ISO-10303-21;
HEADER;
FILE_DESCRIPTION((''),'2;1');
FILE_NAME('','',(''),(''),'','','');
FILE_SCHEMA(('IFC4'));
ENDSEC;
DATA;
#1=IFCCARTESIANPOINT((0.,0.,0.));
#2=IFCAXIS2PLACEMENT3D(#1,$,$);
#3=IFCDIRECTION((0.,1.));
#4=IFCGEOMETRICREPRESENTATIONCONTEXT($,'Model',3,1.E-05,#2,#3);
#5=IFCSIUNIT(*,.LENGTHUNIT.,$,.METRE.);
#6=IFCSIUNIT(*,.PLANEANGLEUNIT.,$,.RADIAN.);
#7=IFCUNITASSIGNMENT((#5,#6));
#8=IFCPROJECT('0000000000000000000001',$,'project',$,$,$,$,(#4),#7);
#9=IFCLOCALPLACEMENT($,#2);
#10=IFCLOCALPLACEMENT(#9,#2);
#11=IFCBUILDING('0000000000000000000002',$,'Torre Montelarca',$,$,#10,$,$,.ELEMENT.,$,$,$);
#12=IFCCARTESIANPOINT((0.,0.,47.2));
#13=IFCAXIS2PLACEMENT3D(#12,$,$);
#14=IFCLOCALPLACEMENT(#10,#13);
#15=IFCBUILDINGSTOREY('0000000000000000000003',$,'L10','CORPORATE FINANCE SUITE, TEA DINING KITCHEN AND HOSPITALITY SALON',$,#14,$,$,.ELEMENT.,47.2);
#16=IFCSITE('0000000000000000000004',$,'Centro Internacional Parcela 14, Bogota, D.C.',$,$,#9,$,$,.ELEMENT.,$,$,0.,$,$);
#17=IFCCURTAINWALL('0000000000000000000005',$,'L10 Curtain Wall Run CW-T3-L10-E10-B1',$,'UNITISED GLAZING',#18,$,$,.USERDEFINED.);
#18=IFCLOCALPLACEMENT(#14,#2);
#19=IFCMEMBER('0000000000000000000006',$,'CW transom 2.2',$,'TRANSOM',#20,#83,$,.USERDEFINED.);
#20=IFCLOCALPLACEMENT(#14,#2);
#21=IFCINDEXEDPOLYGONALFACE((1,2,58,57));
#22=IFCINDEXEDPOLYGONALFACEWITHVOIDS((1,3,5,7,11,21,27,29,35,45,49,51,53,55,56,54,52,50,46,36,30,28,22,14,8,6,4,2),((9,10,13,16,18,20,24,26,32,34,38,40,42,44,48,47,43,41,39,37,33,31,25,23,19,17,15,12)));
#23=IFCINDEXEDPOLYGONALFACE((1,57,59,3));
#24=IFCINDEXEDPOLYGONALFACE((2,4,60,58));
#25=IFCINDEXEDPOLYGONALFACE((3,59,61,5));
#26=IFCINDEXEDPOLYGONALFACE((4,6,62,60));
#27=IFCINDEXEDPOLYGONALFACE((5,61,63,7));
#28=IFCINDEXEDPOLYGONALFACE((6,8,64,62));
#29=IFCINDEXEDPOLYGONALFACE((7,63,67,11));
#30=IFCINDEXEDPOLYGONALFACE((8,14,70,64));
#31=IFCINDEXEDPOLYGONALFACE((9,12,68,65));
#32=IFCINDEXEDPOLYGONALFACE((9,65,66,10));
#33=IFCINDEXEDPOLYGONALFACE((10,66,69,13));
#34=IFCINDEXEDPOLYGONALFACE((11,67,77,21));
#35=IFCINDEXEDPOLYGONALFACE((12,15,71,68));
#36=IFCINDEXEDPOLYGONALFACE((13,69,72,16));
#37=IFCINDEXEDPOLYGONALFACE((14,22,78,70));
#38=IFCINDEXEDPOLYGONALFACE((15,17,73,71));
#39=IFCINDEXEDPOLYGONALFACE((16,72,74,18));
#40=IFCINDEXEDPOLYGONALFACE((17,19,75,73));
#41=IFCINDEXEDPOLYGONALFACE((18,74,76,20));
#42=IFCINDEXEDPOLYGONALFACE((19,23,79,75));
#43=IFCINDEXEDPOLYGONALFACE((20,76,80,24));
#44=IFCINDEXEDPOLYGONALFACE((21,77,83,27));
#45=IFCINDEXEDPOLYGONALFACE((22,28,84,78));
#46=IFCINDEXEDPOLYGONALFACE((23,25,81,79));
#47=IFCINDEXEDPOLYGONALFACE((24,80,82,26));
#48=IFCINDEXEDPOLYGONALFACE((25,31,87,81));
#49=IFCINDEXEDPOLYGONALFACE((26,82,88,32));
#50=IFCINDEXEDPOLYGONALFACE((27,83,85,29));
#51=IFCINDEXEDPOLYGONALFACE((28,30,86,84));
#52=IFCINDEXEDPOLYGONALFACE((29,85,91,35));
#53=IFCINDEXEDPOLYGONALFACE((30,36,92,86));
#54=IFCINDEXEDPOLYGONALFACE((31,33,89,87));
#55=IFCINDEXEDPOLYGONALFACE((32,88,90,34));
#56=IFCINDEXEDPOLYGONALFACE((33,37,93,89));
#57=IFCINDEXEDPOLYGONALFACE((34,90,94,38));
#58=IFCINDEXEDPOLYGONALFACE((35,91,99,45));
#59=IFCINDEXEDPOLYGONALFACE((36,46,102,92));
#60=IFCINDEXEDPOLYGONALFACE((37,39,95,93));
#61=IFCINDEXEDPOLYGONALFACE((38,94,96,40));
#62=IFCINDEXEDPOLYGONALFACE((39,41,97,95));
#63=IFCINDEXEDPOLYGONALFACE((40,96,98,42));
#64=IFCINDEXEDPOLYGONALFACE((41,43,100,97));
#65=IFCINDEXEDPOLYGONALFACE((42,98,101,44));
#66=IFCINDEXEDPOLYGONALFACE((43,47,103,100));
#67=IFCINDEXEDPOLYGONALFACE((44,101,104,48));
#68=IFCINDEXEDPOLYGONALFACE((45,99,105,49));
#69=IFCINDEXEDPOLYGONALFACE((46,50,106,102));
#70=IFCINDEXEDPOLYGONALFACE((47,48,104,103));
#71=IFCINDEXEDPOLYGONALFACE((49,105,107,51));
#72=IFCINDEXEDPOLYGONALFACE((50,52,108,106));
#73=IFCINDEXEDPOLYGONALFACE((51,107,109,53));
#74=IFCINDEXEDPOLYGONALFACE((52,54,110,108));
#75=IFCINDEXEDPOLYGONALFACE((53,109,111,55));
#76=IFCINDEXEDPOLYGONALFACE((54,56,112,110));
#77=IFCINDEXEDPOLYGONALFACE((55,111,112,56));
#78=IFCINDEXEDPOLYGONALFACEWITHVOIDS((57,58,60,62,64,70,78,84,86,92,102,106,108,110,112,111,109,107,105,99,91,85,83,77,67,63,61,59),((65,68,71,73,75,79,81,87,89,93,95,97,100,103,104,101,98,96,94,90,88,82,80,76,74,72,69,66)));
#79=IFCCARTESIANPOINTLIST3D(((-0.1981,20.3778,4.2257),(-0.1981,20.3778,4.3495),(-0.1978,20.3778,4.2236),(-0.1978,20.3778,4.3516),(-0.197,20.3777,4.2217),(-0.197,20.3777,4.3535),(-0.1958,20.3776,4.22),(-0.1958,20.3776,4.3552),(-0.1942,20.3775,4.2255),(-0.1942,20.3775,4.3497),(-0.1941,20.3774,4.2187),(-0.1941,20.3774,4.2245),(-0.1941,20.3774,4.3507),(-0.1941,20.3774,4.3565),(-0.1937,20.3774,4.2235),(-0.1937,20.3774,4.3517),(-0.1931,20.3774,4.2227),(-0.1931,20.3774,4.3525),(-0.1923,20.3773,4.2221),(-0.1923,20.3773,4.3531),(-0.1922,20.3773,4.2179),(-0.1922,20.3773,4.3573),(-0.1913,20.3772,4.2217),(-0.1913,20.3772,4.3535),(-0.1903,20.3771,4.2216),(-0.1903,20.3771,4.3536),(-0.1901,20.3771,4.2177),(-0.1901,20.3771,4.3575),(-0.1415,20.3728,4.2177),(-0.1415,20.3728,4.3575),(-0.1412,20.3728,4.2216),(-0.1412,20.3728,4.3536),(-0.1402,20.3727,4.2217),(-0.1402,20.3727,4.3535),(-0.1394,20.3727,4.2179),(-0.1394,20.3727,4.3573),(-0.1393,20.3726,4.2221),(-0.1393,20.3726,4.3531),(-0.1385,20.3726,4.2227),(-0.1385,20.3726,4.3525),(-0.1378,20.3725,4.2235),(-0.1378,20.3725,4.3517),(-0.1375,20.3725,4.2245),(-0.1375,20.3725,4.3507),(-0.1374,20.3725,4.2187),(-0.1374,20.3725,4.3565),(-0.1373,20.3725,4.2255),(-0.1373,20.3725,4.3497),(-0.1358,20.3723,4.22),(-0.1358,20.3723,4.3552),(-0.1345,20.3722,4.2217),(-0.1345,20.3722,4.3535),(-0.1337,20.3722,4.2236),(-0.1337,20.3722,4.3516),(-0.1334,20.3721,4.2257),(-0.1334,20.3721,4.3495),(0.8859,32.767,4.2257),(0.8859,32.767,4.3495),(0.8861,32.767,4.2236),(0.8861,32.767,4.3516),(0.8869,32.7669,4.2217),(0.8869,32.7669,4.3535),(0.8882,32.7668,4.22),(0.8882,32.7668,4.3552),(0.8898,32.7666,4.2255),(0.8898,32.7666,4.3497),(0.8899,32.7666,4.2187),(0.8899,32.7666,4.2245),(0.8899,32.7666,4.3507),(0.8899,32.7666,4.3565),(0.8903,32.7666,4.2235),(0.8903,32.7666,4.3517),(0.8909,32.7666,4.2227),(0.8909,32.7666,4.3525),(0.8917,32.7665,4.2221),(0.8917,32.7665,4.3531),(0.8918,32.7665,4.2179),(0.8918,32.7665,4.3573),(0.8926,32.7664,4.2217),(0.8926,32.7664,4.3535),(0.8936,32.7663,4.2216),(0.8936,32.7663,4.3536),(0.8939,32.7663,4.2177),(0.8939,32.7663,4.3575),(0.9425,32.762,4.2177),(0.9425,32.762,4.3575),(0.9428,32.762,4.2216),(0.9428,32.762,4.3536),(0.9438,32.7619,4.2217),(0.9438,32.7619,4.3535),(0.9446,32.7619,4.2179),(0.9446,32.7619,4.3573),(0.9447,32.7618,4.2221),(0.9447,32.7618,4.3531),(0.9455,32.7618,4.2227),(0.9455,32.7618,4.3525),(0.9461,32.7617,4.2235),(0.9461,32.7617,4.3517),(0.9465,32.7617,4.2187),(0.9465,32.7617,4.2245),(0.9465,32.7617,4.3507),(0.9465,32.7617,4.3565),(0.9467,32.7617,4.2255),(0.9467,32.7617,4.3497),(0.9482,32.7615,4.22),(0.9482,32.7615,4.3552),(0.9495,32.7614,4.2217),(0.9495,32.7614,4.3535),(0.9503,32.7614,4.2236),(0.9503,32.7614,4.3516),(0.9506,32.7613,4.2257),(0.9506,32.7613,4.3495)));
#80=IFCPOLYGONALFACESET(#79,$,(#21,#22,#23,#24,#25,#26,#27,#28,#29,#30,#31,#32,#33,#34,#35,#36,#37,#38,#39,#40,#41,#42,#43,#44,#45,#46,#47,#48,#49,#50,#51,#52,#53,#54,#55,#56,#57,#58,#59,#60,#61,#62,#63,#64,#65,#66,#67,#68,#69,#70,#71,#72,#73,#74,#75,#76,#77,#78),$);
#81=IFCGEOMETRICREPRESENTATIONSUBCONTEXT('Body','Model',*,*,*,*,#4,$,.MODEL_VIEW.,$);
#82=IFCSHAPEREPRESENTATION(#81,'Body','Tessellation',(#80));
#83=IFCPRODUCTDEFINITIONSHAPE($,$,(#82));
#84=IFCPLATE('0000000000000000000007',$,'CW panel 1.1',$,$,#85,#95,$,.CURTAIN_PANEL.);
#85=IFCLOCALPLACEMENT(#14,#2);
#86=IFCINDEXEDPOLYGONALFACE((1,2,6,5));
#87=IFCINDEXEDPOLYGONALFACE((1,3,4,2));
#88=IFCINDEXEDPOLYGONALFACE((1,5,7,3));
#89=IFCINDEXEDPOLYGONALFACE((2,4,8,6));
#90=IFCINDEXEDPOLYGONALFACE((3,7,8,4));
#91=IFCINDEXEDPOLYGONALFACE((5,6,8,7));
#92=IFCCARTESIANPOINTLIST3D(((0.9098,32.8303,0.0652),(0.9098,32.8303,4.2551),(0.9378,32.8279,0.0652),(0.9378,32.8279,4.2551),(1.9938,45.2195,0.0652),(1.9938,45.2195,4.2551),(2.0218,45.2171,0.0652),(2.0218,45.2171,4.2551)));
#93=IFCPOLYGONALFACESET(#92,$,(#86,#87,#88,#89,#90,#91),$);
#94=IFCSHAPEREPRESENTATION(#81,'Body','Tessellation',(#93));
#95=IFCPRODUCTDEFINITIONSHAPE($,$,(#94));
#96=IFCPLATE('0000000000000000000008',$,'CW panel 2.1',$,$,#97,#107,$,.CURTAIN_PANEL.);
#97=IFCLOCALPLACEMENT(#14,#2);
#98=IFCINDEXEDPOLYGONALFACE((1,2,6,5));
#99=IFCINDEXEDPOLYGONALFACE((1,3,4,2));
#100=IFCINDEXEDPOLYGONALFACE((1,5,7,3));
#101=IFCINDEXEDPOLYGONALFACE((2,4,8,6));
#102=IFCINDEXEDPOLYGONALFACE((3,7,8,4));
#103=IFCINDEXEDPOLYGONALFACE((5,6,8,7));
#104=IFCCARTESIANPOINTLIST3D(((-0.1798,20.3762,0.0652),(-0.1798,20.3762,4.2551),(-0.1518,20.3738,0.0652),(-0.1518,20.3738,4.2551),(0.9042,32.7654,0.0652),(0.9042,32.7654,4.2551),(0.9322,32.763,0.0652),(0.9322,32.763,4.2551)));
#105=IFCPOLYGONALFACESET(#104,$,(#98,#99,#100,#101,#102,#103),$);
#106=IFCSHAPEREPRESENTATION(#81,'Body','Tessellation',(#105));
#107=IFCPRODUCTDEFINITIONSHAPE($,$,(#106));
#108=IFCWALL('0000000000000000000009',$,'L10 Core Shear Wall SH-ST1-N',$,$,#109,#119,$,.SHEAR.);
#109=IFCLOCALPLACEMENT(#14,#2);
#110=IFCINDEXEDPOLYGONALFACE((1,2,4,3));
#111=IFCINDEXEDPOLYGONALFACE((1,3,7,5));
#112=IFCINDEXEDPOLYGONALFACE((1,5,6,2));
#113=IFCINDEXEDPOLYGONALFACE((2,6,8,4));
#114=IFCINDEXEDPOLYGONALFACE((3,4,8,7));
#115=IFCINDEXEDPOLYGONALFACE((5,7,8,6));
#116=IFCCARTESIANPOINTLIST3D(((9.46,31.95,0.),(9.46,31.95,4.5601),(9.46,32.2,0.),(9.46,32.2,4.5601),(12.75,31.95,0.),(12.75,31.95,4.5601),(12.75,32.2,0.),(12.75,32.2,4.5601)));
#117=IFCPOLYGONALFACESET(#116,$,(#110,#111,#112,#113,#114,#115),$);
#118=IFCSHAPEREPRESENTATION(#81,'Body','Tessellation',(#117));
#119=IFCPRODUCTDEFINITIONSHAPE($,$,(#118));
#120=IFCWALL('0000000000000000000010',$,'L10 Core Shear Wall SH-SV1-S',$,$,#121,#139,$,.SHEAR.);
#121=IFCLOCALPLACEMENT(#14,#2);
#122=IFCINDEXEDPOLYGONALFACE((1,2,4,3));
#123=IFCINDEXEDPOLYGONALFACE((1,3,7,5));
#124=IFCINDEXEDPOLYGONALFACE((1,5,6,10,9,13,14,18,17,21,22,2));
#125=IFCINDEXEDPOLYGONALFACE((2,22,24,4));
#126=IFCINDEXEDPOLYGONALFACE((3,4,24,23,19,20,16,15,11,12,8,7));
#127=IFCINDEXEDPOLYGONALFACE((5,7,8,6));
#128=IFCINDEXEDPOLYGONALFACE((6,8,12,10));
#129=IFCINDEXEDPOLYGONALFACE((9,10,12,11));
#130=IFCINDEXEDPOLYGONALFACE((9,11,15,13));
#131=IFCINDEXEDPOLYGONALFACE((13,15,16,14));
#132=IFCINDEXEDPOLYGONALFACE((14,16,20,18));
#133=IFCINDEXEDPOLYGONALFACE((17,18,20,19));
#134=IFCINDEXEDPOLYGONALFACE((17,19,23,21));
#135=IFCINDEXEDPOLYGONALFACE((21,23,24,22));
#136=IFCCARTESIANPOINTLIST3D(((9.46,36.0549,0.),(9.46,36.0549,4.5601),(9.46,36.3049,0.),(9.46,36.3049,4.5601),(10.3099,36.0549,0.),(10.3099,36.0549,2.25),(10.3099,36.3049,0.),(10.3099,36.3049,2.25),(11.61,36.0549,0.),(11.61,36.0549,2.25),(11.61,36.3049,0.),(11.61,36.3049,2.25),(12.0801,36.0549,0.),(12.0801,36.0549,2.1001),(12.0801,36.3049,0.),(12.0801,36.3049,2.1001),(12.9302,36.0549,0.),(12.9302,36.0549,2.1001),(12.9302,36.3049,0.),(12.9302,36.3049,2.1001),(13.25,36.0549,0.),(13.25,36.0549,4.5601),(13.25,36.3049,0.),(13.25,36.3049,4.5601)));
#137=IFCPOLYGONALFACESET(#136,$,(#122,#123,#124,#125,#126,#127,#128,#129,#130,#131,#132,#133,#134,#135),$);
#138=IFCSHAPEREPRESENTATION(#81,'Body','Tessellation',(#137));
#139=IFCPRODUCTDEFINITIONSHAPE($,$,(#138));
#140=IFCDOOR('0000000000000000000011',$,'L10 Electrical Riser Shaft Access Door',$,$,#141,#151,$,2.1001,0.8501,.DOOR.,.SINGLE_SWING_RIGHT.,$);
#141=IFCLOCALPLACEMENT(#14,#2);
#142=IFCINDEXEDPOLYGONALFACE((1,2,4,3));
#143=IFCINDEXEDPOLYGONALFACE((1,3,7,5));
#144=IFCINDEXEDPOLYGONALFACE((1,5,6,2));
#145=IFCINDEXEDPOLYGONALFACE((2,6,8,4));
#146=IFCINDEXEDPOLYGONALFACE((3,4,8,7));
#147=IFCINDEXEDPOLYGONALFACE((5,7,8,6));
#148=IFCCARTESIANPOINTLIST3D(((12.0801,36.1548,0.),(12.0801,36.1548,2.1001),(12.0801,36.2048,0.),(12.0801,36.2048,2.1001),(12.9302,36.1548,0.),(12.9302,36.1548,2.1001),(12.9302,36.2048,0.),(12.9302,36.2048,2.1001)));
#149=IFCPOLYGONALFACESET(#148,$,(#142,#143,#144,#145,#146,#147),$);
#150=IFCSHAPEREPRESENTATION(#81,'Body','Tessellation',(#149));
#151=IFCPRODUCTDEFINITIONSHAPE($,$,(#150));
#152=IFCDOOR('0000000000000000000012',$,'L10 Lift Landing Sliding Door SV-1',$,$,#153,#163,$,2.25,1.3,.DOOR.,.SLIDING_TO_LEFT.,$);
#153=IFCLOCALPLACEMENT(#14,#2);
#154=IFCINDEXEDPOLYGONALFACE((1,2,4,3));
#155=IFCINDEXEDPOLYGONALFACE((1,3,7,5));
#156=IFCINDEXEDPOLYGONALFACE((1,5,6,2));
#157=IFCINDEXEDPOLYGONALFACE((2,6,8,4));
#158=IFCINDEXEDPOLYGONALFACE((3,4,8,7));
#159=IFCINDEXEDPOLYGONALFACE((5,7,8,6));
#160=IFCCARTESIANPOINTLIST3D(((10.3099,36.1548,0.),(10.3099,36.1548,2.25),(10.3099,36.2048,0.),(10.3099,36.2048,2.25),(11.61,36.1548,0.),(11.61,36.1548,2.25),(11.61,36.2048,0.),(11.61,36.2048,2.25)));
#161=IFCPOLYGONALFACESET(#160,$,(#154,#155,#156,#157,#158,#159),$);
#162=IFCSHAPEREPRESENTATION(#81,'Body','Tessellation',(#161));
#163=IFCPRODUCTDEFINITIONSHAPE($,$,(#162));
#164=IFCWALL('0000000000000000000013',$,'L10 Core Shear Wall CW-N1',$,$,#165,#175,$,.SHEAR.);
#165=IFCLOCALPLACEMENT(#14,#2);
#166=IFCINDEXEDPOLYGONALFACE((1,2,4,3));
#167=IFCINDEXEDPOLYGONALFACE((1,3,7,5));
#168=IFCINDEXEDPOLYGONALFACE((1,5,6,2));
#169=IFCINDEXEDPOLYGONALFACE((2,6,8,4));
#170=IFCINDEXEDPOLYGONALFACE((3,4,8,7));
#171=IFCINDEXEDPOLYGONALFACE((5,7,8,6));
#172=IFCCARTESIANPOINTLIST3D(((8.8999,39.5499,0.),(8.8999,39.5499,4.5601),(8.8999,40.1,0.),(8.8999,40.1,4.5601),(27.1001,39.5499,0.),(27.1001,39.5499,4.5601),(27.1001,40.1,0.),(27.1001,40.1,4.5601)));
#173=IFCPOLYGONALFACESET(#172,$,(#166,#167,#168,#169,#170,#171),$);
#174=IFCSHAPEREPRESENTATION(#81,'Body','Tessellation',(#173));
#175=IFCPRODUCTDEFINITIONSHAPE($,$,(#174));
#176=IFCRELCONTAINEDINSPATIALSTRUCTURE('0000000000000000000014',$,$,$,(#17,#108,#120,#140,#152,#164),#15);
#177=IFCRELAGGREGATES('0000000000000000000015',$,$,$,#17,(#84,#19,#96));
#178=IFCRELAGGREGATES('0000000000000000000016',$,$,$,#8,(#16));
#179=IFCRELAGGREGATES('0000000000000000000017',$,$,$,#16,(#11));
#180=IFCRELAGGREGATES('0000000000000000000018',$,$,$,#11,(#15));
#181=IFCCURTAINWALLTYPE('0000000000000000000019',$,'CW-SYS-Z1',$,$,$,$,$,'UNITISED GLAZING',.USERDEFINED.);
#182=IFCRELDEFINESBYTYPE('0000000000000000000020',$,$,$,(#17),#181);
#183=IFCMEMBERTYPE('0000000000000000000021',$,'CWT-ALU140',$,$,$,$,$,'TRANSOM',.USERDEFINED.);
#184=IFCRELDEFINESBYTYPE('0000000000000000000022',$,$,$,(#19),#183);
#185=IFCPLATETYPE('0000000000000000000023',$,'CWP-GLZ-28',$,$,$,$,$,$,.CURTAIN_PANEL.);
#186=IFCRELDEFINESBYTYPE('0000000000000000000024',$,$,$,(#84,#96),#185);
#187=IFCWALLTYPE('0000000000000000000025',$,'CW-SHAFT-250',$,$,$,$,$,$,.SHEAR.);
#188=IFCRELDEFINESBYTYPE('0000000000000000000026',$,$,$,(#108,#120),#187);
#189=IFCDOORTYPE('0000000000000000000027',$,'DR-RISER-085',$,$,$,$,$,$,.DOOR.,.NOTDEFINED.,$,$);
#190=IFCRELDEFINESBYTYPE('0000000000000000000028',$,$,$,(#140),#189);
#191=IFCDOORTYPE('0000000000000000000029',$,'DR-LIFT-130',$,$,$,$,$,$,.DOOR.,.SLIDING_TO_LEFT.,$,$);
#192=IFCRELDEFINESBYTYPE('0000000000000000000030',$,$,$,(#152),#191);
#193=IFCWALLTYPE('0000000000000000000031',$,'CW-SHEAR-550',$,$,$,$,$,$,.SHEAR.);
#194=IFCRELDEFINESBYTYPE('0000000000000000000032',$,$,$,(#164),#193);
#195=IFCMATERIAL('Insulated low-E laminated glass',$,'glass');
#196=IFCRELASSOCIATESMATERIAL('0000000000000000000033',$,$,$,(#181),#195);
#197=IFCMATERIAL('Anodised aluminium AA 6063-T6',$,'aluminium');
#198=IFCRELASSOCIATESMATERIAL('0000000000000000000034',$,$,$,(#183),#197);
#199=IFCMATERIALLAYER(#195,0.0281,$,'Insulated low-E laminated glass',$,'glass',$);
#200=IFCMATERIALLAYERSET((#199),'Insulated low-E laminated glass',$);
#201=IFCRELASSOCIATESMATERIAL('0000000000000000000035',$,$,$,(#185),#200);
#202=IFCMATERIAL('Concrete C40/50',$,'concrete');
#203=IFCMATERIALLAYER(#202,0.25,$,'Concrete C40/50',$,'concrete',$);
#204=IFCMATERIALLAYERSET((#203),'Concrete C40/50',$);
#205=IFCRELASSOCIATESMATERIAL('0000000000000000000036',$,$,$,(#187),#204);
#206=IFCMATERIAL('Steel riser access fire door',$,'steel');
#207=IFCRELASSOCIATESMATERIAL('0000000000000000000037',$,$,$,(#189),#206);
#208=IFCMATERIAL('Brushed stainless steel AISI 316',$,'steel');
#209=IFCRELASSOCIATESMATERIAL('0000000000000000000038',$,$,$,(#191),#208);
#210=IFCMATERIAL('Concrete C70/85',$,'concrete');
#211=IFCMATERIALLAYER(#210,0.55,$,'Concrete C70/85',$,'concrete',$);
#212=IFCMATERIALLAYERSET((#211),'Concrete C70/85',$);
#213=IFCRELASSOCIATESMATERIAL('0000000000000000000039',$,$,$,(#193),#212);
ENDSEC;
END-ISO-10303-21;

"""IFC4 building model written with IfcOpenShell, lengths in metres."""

from ifc_helpers import new_model, si_unit, direction, frame, frame_2d, origin, origin_2d, place, context, subcontext, project, spatial, rectangle, hollow_rectangle, extrude, source, transform, mapped, material, layer, layer_set, material_profile, profile_set, type_object, element, fill, aggregate, save


model = new_model("IFC4")

# Units and contexts
model_context = context("Model", 3, precision=1e-05, world=origin(), true_north=direction((0.0, 1.0)))
body_context = subcontext(model_context, "Body", "Model", "MODEL_VIEW")
ifc_project = project(units=[si_unit("LENGTHUNIT", "METRE"), si_unit("PLANEANGLEUNIT", "RADIAN")], contexts=[model_context])

# Site, building, storey
site_placement = place(None, origin())
site = spatial("IfcSite", under=ifc_project, at=site_placement, Name="Centro Internacional Parcela 14, Bogota, D.C.", CompositionType="ELEMENT", RefElevation=0.0)
building_placement = place(site_placement, origin())
building = spatial("IfcBuilding", under=site, at=building_placement, Name="Torre Montelarca", CompositionType="ELEMENT")
storey_placement = place(building_placement, frame((0.0, 0.0, 47.2)))
storey = spatial("IfcBuildingStorey", under=building, at=storey_placement, Name="L10", Description="CORPORATE FINANCE SUITE, TEA DINING KITCHEN AND HOSPITALITY SALON", CompositionType="ELEMENT", Elevation=47.2)

# Curtain wall, member, plates
ifc_material_1 = material(Name="Insulated low-E laminated glass", Category="glass")
curtain_wall_type = type_object("IfcCurtainWallType", Name="CW-SYS-Z1", ElementType="UNITISED GLAZING", PredefinedType="USERDEFINED", material=ifc_material_1)
curtain_wall_placement = place(storey_placement, origin())
curtain_wall = element("IfcCurtainWall", 1, at=curtain_wall_placement, inside=storey, type_object=curtain_wall_type, Name="L10 Curtain Wall Run CW-T3-L10-E10-B1", ObjectType="UNITISED GLAZING", PredefinedType="USERDEFINED")
ifc_material_2 = material(Name="Anodised aluminium AA 6063-T6", Category="aluminium")
ifc_material_profile_1 = material_profile(ifc_material_2, hollow_rectangle(XDim=0.0649, YDim=0.1399, WallThickness=0.0039, InnerFilletRadius=0.0039, OuterFilletRadius=0.0081, at=origin_2d()), Name="ALU65X140X4", Category="aluminium")
ifc_profile_set_1 = profile_set([ifc_material_profile_1], Name="Anodised aluminium AA 6063-T6")
member_type_1 = type_object("IfcMemberType", Name="CWT-ALU140", ElementType="TRANSOM", PredefinedType="USERDEFINED", material=ifc_profile_set_1)
shared_shape_1 = source(origin(), body_context, "Body", "SweptSolid", [
    extrude(hollow_rectangle(XDim=0.0649, YDim=0.1399, WallThickness=0.0039, InnerFilletRadius=0.0039, OuterFilletRadius=0.0081, at=origin_2d()), origin(), (0.0, 0.0, 1.0), 12.4365),
])
member_1_placement = place(storey_placement, frame((0.9182, 32.7642, 4.2876), z_axis=(-0.087162, -0.996194, 0.0), x_axis=(0.996194, -0.087162, 0.0)))
member_1 = element("IfcMember", 2, at=member_1_placement, type_object=member_type_1, Name="CW transom 2.2", ObjectType="TRANSOM", PredefinedType="USERDEFINED", context=body_context, shape_type="MappedRepresentation", body=[
    mapped(shared_shape_1, transform((0.0, 0.0, 0.0), scale=1.0)),
])
ifc_layer_1 = layer(ifc_material_1, 0.0281, Name="Insulated low-E laminated glass", Category="glass")
ifc_layer_set_1 = layer_set([ifc_layer_1], Name="Insulated low-E laminated glass")
plate_type = type_object("IfcPlateType", Name="CWP-GLZ-28", PredefinedType="CURTAIN_PANEL", material=ifc_layer_set_1)
shared_shape_2 = source(origin(), body_context, "Body", "SweptSolid", [
    extrude(rectangle(XDim=12.4365, YDim=0.0281, at=origin_2d()), origin(), (0.0, 0.0, 1.0), 4.1899),
])
plate_1_placement = place(storey_placement, frame((1.4658, 39.0237, 0.0652), z_axis=(0.0, 0.0, 1.0), x_axis=(-0.087162, -0.996194, 0.0)))
plate_1 = element("IfcPlate", 3, at=plate_1_placement, type_object=plate_type, Name="CW panel 1.1", PredefinedType="CURTAIN_PANEL", context=body_context, shape_type="MappedRepresentation", body=[
    mapped(shared_shape_2, transform((0.0, 0.0, 0.0), scale=1.0)),
])
plate_2_placement = place(storey_placement, frame((0.3762, 26.5696, 0.0652), z_axis=(0.0, 0.0, 1.0), x_axis=(-0.087162, -0.996194, 0.0)))
plate_2 = element("IfcPlate", 4, at=plate_2_placement, type_object=plate_type, Name="CW panel 2.1", PredefinedType="CURTAIN_PANEL", context=body_context, shape_type="MappedRepresentation", body=[
    mapped(shared_shape_2, transform((0.0, 0.0, 0.0), scale=1.0)),
])
aggregate(curtain_wall, [plate_1, member_1, plate_2])

# Wall
ifc_material_3 = material(Name="Concrete C40/50", Category="concrete")
ifc_layer_2 = layer(ifc_material_3, 0.25, Name="Concrete C40/50", Category="concrete")
ifc_layer_set_2 = layer_set([ifc_layer_2], Name="Concrete C40/50")
wall_type_1 = type_object("IfcWallType", Name="CW-SHAFT-250", PredefinedType="SHEAR", material=ifc_layer_set_2)
wall_1_placement = place(storey_placement, frame((9.46, 32.075, 0.0), z_axis=(0.0, 0.0, 1.0), x_axis=(1.0, 0.0, 0.0)))
element("IfcWall", 5, at=wall_1_placement, inside=storey, type_object=wall_type_1, Name="L10 Core Shear Wall SH-ST1-N", PredefinedType="SHEAR", context=body_context, shape_type="SweptSolid", body=[
    extrude(rectangle(XDim=3.29, YDim=0.25, at=frame_2d((1.645, 0.0))), origin(), (0.0, 0.0, 1.0), 4.5601),
])

# Wall, openings, doors
wall_2_placement = place(storey_placement, frame((9.46, 36.1799, 0.0), z_axis=(0.0, 0.0, 1.0), x_axis=(1.0, 0.0, 0.0)))
wall_2 = element("IfcWall", 6, at=wall_2_placement, inside=storey, type_object=wall_type_1, Name="L10 Core Shear Wall SH-SV1-S", PredefinedType="SHEAR", context=body_context, shape_type="SweptSolid", body=[
    extrude(rectangle(XDim=3.79, YDim=0.25, at=frame_2d((1.895, 0.0))), origin(), (0.0, 0.0, 1.0), 4.5601),
])
opening_1_placement = place(wall_2_placement, frame((2.6201, 0.0, 0.0)))
opening_1 = element("IfcOpeningElement", 7, at=opening_1_placement, cuts=wall_2, PredefinedType="OPENING", context=body_context, shape_type="SweptSolid", body=[
    extrude(rectangle(XDim=0.8501, YDim=2.1001, at=frame_2d((0.425, 1.05))), frame((0.0, 0.135, 0.0), z_axis=(0.0, -1.0, 0.0), x_axis=(1.0, 0.0, 0.0)), (0.0, 0.0, 1.0), 0.27),
])
opening_2_placement = place(wall_2_placement, frame((0.8501, 0.0, 0.0)))
opening_2 = element("IfcOpeningElement", 8, at=opening_2_placement, cuts=wall_2, PredefinedType="OPENING", context=body_context, shape_type="SweptSolid", body=[
    extrude(rectangle(XDim=1.3, YDim=2.25, at=frame_2d((0.6499, 1.125))), frame((0.0, 0.135, 0.0), z_axis=(0.0, -1.0, 0.0), x_axis=(1.0, 0.0, 0.0)), (0.0, 0.0, 1.0), 0.27),
])
ifc_material_4 = material(Name="Steel riser access fire door", Category="steel")
door_type_1 = type_object("IfcDoorType", Name="DR-RISER-085", OperationType="NOTDEFINED", PredefinedType="DOOR", material=ifc_material_4)
shared_shape_3 = source(origin(), body_context, "Body", "SweptSolid", [
    extrude(rectangle(XDim=0.8501, YDim=2.1001, at=frame_2d((0.425, 1.05))), frame((0.0, 0.0249, 0.0), z_axis=(0.0, -1.0, 0.0), x_axis=(1.0, 0.0, 0.0)), (0.0, 0.0, 1.0), 0.05),
])
door_1_placement = place(opening_1_placement, origin())
door_1 = element("IfcDoor", 9, at=door_1_placement, inside=storey, type_object=door_type_1, Name="L10 Electrical Riser Shaft Access Door", OperationType="SINGLE_SWING_RIGHT", OverallHeight=2.1001, OverallWidth=0.8501, PredefinedType="DOOR", context=body_context, shape_type="MappedRepresentation", body=[
    mapped(shared_shape_3, transform((0.0, 0.0, 0.0), scale=1.0)),
])
fill(opening_1, door_1)
ifc_material_5 = material(Name="Brushed stainless steel AISI 316", Category="steel")
door_type_2 = type_object("IfcDoorType", Name="DR-LIFT-130", OperationType="SLIDING_TO_LEFT", PredefinedType="DOOR", material=ifc_material_5)
shared_shape_4 = source(origin(), body_context, "Body", "SweptSolid", [
    extrude(rectangle(XDim=1.3, YDim=2.25, at=frame_2d((0.6499, 1.125))), frame((0.0, 0.0249, 0.0), z_axis=(0.0, -1.0, 0.0), x_axis=(1.0, 0.0, 0.0)), (0.0, 0.0, 1.0), 0.05),
])
door_2_placement = place(opening_2_placement, origin())
door_2 = element("IfcDoor", 10, at=door_2_placement, inside=storey, type_object=door_type_2, Name="L10 Lift Landing Sliding Door SV-1", OperationType="SLIDING_TO_LEFT", OverallHeight=2.25, OverallWidth=1.3, PredefinedType="DOOR", context=body_context, shape_type="MappedRepresentation", body=[
    mapped(shared_shape_4, transform((0.0, 0.0, 0.0), scale=1.0)),
])
fill(opening_2, door_2)

# Wall
ifc_material_6 = material(Name="Concrete C70/85", Category="concrete")
ifc_layer_3 = layer(ifc_material_6, 0.55, Name="Concrete C70/85", Category="concrete")
ifc_layer_set_3 = layer_set([ifc_layer_3], Name="Concrete C70/85")
wall_type_2 = type_object("IfcWallType", Name="CW-SHEAR-550", PredefinedType="SHEAR", material=ifc_layer_set_3)
wall_3_placement = place(storey_placement, frame((8.8999, 39.825, 0.0), z_axis=(0.0, 0.0, 1.0), x_axis=(1.0, 0.0, 0.0)))
element("IfcWall", 11, at=wall_3_placement, inside=storey, type_object=wall_type_2, Name="L10 Core Shear Wall CW-N1", PredefinedType="SHEAR", context=body_context, shape_type="SweptSolid", body=[
    extrude(rectangle(XDim=18.2002, YDim=0.55, at=frame_2d((9.1001, 0.0))), origin(), (0.0, 0.0, 1.0), 4.5601),
])

save(model, "model.ifc")
